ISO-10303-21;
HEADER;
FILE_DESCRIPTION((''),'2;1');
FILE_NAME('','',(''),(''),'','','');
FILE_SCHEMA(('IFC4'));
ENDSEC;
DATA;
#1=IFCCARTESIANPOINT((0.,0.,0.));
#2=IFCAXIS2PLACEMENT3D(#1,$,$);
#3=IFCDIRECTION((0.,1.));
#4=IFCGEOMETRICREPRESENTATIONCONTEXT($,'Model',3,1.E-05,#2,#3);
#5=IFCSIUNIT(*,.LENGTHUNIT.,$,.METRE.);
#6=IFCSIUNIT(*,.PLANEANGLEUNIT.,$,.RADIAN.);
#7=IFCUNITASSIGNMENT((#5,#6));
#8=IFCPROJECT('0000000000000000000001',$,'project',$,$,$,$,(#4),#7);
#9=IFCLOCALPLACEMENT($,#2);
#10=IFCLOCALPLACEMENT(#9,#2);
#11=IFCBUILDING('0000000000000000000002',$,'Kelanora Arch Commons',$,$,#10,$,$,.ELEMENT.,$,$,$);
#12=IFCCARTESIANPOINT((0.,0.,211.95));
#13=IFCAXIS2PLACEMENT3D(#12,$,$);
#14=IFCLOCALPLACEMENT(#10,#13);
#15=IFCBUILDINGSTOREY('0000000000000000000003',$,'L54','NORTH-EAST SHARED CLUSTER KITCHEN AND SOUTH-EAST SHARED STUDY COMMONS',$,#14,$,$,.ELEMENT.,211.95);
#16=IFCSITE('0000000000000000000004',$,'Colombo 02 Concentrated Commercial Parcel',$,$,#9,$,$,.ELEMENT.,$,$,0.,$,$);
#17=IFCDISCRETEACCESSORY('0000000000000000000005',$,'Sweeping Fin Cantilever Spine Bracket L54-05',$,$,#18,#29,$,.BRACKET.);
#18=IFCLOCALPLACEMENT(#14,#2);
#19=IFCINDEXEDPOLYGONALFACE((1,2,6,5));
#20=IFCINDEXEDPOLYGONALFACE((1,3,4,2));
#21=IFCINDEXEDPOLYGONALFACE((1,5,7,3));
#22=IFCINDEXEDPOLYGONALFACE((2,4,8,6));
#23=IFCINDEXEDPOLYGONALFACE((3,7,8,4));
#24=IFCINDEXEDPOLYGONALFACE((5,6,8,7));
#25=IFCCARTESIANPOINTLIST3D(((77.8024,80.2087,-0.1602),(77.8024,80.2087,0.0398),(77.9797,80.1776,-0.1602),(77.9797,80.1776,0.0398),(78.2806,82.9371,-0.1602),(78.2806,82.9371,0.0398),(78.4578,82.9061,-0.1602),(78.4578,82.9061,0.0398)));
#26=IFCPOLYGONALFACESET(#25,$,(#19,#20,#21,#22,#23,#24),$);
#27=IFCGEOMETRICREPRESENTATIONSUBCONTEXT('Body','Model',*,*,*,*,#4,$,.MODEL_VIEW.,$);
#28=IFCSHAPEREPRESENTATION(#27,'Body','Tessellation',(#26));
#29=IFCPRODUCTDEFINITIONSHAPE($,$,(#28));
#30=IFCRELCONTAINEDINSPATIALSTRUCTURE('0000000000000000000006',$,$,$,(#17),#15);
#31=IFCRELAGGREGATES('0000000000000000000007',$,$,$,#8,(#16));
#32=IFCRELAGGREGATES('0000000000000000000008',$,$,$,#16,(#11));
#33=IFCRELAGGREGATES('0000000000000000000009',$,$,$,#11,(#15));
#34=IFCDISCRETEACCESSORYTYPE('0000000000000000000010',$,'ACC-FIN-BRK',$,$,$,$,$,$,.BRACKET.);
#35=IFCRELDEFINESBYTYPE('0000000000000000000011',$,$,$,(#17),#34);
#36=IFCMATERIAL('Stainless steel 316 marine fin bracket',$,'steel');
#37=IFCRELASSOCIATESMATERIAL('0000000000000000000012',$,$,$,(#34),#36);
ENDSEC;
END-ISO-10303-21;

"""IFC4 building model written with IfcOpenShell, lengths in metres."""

from ifc_helpers import new_model, si_unit, direction, frame, origin, origin_2d, place, context, subcontext, project, spatial, rectangle, extrude, source, transform, mapped, material, type_object, element, save


model = new_model("IFC4")

# Units and contexts
model_context = context("Model", 3, precision=1e-05, world=origin(), true_north=direction((0.0, 1.0)))
body_context = subcontext(model_context, "Body", "Model", "MODEL_VIEW")
ifc_project = project(units=[si_unit("LENGTHUNIT", "METRE"), si_unit("PLANEANGLEUNIT", "RADIAN")], contexts=[model_context])

# Site, building, storey
site_placement = place(None, origin())
site = spatial("IfcSite", under=ifc_project, at=site_placement, Name="Colombo 02 Concentrated Commercial Parcel", CompositionType="ELEMENT", RefElevation=0.0)
building_placement = place(site_placement, origin())
building = spatial("IfcBuilding", under=site, at=building_placement, Name="Kelanora Arch Commons", CompositionType="ELEMENT")
storey_placement = place(building_placement, frame((0.0, 0.0, 211.95)))
storey = spatial("IfcBuildingStorey", under=building, at=storey_placement, Name="L54", Description="NORTH-EAST SHARED CLUSTER KITCHEN AND SOUTH-EAST SHARED STUDY COMMONS", CompositionType="ELEMENT", Elevation=211.95)

# Discrete accessory
ifc_material_1 = material(Name="Stainless steel 316 marine fin bracket", Category="steel")
discrete_accessory_type = type_object("IfcDiscreteAccessoryType", Name="ACC-FIN-BRK", PredefinedType="BRACKET", material=ifc_material_1)
shared_shape_1 = source(origin(), body_context, "Body", "SweptSolid", [
    extrude(rectangle(XDim=2.77, YDim=0.1799, at=origin_2d()), origin(), (0.0, 0.0, 1.0), 0.2),
])
discrete_accessory_placement = place(storey_placement, frame((78.1301, 81.5574, -0.1602), z_axis=(0.0, 0.0, 1.0), x_axis=(0.172617, 0.984989, 0.0)))
element("IfcDiscreteAccessory", 1, at=discrete_accessory_placement, inside=storey, type_object=discrete_accessory_type, Name="Sweeping Fin Cantilever Spine Bracket L54-05", PredefinedType="BRACKET", context=body_context, shape_type="MappedRepresentation", body=[
    mapped(shared_shape_1, transform((0.0, 0.0, 0.0), scale=1.0)),
])

save(model, "model.ifc")
